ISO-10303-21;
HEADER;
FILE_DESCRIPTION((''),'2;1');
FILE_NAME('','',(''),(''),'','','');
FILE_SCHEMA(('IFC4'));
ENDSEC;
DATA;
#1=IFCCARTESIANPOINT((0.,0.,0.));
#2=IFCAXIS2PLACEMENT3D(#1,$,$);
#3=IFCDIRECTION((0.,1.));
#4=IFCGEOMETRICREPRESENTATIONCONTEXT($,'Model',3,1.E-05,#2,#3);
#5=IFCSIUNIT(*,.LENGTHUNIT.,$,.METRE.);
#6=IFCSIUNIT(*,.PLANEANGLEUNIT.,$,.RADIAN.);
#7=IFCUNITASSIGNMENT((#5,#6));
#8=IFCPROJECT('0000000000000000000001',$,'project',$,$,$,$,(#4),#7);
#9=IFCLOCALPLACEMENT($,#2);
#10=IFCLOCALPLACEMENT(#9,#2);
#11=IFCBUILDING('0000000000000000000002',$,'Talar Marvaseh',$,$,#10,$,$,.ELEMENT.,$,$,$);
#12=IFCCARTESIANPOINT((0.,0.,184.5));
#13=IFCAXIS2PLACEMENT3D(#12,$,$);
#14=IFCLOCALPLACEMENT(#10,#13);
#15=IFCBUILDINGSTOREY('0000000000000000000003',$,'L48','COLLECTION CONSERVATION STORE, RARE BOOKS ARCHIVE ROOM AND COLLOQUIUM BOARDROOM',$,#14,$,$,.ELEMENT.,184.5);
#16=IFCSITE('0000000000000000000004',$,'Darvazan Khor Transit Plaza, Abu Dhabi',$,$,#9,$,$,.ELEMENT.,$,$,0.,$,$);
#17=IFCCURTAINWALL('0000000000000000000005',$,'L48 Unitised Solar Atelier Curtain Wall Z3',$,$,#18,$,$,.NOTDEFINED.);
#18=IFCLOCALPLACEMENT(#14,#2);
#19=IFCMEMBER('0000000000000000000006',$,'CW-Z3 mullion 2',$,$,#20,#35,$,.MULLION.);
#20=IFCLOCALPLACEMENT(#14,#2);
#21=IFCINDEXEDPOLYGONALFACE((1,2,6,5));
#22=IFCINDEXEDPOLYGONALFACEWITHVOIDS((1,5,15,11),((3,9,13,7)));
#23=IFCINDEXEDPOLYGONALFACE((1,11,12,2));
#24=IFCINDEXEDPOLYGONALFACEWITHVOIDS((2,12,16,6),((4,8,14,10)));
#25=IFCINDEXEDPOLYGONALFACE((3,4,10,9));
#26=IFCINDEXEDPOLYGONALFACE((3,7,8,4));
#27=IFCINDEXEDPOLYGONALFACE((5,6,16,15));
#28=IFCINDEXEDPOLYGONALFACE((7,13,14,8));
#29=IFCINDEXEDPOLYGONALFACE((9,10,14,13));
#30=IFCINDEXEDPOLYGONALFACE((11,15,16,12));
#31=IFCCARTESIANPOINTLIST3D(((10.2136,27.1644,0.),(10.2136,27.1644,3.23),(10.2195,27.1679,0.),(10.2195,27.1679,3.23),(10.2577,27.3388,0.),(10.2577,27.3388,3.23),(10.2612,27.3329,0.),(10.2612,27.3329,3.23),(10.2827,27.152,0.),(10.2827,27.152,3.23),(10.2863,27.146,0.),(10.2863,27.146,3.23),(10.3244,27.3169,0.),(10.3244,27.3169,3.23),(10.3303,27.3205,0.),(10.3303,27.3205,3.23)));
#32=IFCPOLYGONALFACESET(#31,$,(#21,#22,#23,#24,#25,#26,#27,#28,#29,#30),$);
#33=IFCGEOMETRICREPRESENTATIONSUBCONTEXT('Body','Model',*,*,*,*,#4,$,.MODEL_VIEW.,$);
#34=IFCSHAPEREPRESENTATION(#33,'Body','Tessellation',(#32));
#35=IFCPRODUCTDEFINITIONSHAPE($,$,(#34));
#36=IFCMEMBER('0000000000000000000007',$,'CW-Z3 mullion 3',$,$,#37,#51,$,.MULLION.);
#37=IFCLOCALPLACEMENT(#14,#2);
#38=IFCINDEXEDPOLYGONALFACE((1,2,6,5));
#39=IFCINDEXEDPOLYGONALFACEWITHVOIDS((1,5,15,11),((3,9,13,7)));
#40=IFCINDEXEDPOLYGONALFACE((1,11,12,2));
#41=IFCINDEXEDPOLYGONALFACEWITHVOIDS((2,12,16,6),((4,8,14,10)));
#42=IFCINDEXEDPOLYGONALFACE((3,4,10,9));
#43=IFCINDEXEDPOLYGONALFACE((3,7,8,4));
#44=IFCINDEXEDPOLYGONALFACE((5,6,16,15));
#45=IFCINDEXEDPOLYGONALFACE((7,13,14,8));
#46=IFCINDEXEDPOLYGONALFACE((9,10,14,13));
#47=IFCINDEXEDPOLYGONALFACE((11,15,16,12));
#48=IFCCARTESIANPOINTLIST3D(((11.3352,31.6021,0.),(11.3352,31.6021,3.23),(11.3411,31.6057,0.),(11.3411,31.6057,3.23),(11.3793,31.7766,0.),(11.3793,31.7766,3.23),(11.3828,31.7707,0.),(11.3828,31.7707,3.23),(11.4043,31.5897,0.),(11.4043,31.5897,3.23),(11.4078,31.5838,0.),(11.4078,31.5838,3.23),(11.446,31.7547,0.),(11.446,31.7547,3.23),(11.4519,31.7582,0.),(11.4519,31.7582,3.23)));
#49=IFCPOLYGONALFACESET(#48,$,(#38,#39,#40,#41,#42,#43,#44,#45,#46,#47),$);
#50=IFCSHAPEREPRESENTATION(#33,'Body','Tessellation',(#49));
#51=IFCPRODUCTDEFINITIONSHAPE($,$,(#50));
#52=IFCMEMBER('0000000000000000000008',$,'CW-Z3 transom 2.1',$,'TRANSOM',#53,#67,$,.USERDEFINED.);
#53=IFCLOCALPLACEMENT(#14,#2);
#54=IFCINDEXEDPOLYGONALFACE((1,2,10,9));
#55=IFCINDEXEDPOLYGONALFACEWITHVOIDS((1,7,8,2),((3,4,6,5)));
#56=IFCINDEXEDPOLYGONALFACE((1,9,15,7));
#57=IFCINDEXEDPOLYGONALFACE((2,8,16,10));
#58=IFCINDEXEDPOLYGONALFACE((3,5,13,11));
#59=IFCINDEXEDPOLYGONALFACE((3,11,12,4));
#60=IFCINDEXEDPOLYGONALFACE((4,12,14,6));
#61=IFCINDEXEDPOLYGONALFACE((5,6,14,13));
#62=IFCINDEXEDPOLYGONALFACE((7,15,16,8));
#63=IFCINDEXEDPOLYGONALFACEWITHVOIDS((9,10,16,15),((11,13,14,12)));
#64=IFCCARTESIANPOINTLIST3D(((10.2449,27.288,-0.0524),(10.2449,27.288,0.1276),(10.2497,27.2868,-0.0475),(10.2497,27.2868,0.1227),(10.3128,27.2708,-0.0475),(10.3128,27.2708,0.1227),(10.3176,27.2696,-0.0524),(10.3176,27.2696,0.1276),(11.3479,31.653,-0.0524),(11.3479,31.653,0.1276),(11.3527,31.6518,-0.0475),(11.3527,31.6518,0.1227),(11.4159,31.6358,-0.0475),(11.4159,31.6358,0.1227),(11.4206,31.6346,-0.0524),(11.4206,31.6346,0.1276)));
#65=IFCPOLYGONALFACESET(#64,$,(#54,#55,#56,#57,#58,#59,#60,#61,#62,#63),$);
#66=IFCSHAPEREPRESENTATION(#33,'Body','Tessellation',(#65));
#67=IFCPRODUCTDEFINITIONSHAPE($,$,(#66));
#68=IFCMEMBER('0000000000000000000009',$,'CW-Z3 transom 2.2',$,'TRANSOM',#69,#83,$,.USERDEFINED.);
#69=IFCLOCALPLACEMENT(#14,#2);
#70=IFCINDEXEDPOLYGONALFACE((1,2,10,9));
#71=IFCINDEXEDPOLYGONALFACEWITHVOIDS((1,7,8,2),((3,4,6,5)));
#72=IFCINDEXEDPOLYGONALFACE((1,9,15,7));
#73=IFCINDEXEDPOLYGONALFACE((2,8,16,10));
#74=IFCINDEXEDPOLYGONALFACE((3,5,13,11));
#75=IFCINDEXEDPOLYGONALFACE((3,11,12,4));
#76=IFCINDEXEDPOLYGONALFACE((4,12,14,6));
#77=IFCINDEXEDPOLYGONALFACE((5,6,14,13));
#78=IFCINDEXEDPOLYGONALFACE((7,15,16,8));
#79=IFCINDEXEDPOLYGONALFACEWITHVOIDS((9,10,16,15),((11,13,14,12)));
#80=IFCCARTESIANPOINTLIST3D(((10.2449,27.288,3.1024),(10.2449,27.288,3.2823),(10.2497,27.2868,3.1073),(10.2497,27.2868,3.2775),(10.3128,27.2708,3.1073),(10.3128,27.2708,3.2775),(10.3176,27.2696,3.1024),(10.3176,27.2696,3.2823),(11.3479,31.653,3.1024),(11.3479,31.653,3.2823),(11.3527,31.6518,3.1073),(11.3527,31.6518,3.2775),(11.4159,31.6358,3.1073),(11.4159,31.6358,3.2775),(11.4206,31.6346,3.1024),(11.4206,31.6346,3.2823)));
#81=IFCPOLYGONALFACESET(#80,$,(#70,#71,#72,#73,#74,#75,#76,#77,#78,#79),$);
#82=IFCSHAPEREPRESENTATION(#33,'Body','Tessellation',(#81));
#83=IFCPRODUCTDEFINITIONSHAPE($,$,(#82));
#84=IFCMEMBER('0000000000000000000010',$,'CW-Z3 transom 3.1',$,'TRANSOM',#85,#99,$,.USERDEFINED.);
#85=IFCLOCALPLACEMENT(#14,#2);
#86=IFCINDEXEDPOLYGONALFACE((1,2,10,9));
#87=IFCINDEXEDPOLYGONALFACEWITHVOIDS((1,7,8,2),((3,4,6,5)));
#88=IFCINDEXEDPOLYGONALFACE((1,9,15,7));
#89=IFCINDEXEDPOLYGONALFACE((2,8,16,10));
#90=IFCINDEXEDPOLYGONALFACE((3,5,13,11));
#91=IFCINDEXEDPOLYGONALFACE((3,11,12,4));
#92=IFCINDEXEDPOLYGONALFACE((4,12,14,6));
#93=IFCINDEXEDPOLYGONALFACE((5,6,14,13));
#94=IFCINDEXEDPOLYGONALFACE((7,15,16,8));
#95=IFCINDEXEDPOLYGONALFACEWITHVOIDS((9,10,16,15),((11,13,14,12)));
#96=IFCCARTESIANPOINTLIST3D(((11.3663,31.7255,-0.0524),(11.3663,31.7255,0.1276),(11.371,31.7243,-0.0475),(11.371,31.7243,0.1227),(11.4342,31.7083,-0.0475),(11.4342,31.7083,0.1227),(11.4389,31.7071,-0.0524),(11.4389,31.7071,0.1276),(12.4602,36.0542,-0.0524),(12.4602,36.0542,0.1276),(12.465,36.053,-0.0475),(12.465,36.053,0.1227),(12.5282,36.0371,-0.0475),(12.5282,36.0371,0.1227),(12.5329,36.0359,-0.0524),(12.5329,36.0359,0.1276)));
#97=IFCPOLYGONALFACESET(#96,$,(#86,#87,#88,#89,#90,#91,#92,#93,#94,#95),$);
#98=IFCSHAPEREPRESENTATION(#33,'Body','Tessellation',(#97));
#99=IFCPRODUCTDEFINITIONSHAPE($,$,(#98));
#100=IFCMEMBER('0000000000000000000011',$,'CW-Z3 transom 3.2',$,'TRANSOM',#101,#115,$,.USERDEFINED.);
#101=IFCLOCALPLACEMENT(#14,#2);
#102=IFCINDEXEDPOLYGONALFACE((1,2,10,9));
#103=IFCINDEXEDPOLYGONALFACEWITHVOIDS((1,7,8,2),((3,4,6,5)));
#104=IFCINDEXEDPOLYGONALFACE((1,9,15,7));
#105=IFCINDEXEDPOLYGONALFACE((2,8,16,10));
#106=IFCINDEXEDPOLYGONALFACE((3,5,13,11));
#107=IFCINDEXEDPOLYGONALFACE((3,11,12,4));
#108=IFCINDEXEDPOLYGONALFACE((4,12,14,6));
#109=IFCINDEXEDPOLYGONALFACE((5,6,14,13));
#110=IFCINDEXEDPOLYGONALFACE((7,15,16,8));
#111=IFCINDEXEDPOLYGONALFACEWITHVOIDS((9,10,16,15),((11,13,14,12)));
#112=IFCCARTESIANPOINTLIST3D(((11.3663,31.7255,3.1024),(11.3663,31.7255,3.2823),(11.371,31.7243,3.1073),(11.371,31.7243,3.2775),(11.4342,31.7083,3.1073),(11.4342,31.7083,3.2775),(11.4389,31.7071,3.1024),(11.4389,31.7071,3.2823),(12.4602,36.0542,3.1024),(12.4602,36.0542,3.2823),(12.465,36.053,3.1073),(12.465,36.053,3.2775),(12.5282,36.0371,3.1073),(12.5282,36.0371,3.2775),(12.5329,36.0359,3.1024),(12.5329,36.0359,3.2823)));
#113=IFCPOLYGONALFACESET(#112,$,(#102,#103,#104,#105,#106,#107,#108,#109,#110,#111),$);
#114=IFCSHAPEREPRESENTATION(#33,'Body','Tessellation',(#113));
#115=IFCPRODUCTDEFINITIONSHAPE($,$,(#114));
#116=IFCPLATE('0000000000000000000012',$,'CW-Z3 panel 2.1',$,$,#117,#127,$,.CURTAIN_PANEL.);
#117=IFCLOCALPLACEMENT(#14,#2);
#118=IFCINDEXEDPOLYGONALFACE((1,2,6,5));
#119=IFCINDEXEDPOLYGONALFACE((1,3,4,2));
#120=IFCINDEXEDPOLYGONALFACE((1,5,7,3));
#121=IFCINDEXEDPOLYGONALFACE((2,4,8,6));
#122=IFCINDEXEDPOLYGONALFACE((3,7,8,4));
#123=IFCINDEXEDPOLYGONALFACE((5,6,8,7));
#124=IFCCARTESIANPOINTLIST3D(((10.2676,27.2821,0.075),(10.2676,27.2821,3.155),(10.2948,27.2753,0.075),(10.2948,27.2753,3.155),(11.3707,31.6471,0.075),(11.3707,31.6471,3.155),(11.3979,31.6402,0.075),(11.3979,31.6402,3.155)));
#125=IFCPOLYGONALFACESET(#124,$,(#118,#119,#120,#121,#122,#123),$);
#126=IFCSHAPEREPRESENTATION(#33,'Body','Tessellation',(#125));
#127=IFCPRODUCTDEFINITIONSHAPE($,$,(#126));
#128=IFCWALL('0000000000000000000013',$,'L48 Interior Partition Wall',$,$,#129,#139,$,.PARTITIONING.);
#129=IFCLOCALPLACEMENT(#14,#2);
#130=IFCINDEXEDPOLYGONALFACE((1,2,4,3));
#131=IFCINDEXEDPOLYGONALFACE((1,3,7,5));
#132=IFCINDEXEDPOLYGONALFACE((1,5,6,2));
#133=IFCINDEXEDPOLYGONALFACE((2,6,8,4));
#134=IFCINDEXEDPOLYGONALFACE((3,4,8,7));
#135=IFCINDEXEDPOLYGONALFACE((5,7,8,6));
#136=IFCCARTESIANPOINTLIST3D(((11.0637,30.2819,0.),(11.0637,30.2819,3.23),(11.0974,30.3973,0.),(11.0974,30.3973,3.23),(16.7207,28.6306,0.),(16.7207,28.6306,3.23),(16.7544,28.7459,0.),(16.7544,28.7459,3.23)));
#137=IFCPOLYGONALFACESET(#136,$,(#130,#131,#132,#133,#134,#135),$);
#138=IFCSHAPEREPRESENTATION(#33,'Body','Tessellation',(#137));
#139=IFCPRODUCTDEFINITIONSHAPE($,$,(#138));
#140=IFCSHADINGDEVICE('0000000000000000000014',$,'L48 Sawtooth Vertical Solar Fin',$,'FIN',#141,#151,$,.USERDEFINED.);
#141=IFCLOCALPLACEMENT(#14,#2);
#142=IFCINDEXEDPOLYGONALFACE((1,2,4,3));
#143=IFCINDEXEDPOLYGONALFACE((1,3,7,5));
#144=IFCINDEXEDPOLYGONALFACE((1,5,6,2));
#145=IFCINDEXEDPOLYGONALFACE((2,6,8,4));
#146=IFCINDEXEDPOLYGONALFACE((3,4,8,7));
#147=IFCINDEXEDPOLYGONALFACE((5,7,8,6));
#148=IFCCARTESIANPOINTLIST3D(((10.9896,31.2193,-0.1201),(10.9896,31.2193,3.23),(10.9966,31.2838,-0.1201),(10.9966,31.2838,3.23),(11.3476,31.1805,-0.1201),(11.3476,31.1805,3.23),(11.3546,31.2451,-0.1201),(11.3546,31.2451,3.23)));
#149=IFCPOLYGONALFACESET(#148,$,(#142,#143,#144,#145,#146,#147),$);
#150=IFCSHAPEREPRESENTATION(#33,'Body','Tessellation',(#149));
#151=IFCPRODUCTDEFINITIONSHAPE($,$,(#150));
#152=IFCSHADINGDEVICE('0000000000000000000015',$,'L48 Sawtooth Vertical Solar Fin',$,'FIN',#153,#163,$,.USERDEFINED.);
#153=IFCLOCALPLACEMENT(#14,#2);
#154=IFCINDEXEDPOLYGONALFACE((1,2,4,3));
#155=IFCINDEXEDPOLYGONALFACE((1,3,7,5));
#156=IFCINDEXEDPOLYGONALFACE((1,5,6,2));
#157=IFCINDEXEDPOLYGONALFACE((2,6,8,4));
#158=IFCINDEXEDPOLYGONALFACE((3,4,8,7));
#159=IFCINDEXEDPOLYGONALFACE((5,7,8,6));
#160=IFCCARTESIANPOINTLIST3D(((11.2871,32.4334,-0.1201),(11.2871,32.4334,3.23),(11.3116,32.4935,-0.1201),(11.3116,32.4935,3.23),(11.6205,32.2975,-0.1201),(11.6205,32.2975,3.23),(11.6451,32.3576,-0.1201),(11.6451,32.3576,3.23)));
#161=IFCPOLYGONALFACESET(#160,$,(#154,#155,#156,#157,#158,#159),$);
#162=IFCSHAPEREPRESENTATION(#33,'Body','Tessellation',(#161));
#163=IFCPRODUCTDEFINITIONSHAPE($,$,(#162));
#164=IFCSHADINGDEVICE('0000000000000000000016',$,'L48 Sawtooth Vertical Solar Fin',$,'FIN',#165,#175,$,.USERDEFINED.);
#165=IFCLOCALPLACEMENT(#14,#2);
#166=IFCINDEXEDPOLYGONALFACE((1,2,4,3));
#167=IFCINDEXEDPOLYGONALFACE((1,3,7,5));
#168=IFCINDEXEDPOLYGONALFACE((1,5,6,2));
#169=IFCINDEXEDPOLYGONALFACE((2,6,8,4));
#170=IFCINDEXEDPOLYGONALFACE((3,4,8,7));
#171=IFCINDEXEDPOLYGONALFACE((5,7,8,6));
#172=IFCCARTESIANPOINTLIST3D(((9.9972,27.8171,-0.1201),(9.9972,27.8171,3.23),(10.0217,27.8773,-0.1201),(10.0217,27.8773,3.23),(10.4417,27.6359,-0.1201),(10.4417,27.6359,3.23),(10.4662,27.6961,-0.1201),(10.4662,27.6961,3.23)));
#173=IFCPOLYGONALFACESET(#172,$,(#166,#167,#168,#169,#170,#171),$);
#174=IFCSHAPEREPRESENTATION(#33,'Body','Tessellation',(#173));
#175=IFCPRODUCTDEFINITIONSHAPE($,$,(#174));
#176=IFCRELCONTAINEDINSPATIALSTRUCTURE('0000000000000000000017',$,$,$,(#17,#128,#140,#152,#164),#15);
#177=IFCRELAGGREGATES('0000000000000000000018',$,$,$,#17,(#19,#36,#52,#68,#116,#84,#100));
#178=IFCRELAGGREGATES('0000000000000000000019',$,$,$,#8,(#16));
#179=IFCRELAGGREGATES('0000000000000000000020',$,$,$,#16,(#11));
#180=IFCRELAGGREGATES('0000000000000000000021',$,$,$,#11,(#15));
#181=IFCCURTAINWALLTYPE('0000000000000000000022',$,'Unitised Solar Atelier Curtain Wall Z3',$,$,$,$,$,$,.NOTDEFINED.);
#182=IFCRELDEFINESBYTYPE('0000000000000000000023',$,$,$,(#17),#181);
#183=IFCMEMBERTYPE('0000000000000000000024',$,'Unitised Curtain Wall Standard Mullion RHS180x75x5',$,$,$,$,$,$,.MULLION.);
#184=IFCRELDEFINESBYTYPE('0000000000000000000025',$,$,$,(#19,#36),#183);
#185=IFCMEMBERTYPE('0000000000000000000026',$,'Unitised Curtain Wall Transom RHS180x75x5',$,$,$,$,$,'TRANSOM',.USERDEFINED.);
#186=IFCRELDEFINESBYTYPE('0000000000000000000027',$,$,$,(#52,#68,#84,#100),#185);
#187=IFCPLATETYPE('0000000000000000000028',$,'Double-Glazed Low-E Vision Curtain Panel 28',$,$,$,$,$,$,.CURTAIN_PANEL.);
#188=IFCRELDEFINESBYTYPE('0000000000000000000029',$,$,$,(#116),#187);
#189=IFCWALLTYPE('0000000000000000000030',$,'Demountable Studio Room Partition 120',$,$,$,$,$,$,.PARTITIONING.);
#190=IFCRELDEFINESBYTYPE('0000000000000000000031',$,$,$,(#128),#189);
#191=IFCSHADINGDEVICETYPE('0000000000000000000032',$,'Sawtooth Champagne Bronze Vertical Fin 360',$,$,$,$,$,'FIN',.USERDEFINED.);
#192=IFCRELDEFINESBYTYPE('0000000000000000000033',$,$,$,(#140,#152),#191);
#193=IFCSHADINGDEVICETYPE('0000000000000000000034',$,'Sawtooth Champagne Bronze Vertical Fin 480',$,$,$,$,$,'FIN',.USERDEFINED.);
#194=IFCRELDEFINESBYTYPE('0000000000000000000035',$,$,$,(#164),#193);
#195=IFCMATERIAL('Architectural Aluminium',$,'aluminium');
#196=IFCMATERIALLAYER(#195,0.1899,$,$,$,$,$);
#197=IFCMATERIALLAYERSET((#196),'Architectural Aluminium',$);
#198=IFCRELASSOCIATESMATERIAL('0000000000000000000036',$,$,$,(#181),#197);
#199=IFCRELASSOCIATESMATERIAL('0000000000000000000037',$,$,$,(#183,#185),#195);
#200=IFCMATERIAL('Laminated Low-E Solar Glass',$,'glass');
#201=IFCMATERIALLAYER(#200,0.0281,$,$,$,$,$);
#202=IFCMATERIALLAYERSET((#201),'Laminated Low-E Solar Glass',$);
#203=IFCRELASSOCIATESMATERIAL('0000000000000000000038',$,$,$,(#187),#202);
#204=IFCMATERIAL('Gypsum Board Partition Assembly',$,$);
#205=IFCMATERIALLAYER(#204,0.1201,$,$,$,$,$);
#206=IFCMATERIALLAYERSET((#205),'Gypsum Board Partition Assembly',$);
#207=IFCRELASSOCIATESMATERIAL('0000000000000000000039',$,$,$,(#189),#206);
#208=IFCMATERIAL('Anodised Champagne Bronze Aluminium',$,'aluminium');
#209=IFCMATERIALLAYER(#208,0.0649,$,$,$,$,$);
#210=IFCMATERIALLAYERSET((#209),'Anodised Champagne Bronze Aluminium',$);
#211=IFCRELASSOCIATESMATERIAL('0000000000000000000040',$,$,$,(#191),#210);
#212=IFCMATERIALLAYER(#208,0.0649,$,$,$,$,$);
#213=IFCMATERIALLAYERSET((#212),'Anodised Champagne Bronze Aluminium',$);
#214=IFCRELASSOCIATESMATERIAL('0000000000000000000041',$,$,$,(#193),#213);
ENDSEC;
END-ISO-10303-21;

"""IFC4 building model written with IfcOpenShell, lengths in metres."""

from ifc_helpers import new_model, si_unit, direction, frame, frame_2d, origin, origin_2d, place, context, subcontext, project, spatial, rectangle, hollow_rectangle, extrude, source, transform, mapped, material, layer, layer_set, material_profile, profile_set, type_object, type_shapes, element, aggregate, save


model = new_model("IFC4")

# Units and contexts
model_context = context("Model", 3, precision=1e-05, world=origin(), true_north=direction((0.0, 1.0)))
body_context = subcontext(model_context, "Body", "Model", "MODEL_VIEW")
ifc_project = project(units=[si_unit("LENGTHUNIT", "METRE"), si_unit("PLANEANGLEUNIT", "RADIAN")], contexts=[model_context])

# Site, building, storey
site_placement = place(None, origin())
site = spatial("IfcSite", under=ifc_project, at=site_placement, Name="Darvazan Khor Transit Plaza, Abu Dhabi", CompositionType="ELEMENT", RefElevation=0.0)
building_placement = place(site_placement, origin())
building = spatial("IfcBuilding", under=site, at=building_placement, Name="Talar Marvaseh", CompositionType="ELEMENT")
storey_placement = place(building_placement, frame((0.0, 0.0, 184.5)))
storey = spatial("IfcBuildingStorey", under=building, at=storey_placement, Name="L48", Description="COLLECTION CONSERVATION STORE, RARE BOOKS ARCHIVE ROOM AND COLLOQUIUM BOARDROOM", CompositionType="ELEMENT", Elevation=184.5)

# Curtain wall, members, plate
ifc_material_1 = material(Name="Architectural Aluminium", Category="aluminium")
ifc_layer_1 = layer(ifc_material_1, 0.1899)
ifc_layer_set_1 = layer_set([ifc_layer_1], Name="Architectural Aluminium")
curtain_wall_type = type_object("IfcCurtainWallType", Name="Unitised Solar Atelier Curtain Wall Z3", PredefinedType="NOTDEFINED", material=ifc_layer_set_1)
curtain_wall_placement = place(storey_placement, origin())
curtain_wall = element("IfcCurtainWall", 1, at=curtain_wall_placement, inside=storey, type_object=curtain_wall_type, Name="L48 Unitised Solar Atelier Curtain Wall Z3", PredefinedType="NOTDEFINED")
ifc_material_profile_1 = material_profile(ifc_material_1, hollow_rectangle(XDim=0.075, YDim=0.1799, WallThickness=0.0049, at=origin_2d()), Name="RHS180x75x5")
ifc_profile_set_1 = profile_set([ifc_material_profile_1], Name="Architectural Aluminium")
member_type_1 = type_object("IfcMemberType", Name="Unitised Curtain Wall Standard Mullion RHS180x75x5", PredefinedType="MULLION", material=ifc_profile_set_1)
shared_shape_1 = source(origin(), body_context, "Body", "SweptSolid", [
    extrude(hollow_rectangle(XDim=0.075, YDim=0.1799, WallThickness=0.0049, at=origin_2d()), origin(), (0.0, 0.0, 1.0), 3.23),
])
type_shapes(member_type_1, [shared_shape_1])
member_1_placement = place(storey_placement, frame((10.272, 27.2424, 0.0), z_axis=(0.0, 0.0, 1.0), x_axis=(-0.969522, 0.245002, 0.0)))
member_1 = element("IfcMember", 2, at=member_1_placement, type_object=member_type_1, Name="CW-Z3 mullion 2", PredefinedType="MULLION", context=body_context, shape_type="MappedRepresentation", body=[
    mapped(shared_shape_1, transform((0.0, 0.0, 0.0), x_axis=(1.0, 0.0, 0.0), y_axis=(0.0, 1.0, 0.0), z_axis=(0.0, 0.0, 1.0), scale=1.0)),
])
member_2_placement = place(storey_placement, frame((11.3936, 31.6802, 0.0), z_axis=(0.0, 0.0, 1.0), x_axis=(-0.969522, 0.245002, 0.0)))
member_2 = element("IfcMember", 3, at=member_2_placement, type_object=member_type_1, Name="CW-Z3 mullion 3", PredefinedType="MULLION", context=body_context, shape_type="MappedRepresentation", body=[
    mapped(shared_shape_1, transform((0.0, 0.0, 0.0), x_axis=(1.0, 0.0, 0.0), y_axis=(0.0, 1.0, 0.0), z_axis=(0.0, 0.0, 1.0), scale=1.0)),
])
ifc_material_profile_2 = material_profile(ifc_material_1, hollow_rectangle(XDim=0.075, YDim=0.1799, WallThickness=0.0049, at=origin_2d()), Name="RHS180x75x5")
ifc_profile_set_2 = profile_set([ifc_material_profile_2], Name="Architectural Aluminium")
member_type_2 = type_object("IfcMemberType", Name="Unitised Curtain Wall Transom RHS180x75x5", ElementType="TRANSOM", PredefinedType="USERDEFINED", material=ifc_profile_set_2)
shared_shape_2 = source(origin(), body_context, "Body", "SweptSolid", [
    extrude(hollow_rectangle(XDim=0.075, YDim=0.1799, WallThickness=0.0049, at=origin_2d()), origin(), (0.0, 0.0, 1.0), 4.5022),
])
member_3_placement = place(storey_placement, frame((10.2812, 27.2788, 0.0376), z_axis=(0.244997, 0.969524, 0.0), x_axis=(-0.969524, 0.244997, 0.0)))
member_3 = element("IfcMember", 4, at=member_3_placement, type_object=member_type_2, Name="CW-Z3 transom 2.1", ObjectType="TRANSOM", PredefinedType="USERDEFINED", context=body_context, shape_type="MappedRepresentation", body=[
    mapped(shared_shape_2, transform((0.0, 0.0, 0.0), x_axis=(1.0, 0.0, 0.0), y_axis=(0.0, 1.0, 0.0), z_axis=(0.0, 0.0, 1.0), scale=1.0)),
])
member_4_placement = place(storey_placement, frame((10.2812, 27.2788, 3.1924), z_axis=(0.244997, 0.969524, 0.0), x_axis=(-0.969524, 0.244997, 0.0)))
member_4 = element("IfcMember", 5, at=member_4_placement, type_object=member_type_2, Name="CW-Z3 transom 2.2", ObjectType="TRANSOM", PredefinedType="USERDEFINED", context=body_context, shape_type="MappedRepresentation", body=[
    mapped(shared_shape_2, transform((0.0, 0.0, 0.0), x_axis=(1.0, 0.0, 0.0), y_axis=(0.0, 1.0, 0.0), z_axis=(0.0, 0.0, 1.0), scale=1.0)),
])
shared_shape_3 = source(origin(), body_context, "Body", "SweptSolid", [
    extrude(hollow_rectangle(XDim=0.075, YDim=0.1799, WallThickness=0.0049, at=origin_2d()), origin(), (0.0, 0.0, 1.0), 4.4648),
])
type_shapes(member_type_2, [shared_shape_2, shared_shape_3])
member_5_placement = place(storey_placement, frame((11.4026, 31.7163, 0.0376), z_axis=(0.245018, 0.969519, 0.0), x_axis=(-0.969519, 0.245018, 0.0)))
member_5 = element("IfcMember", 6, at=member_5_placement, type_object=member_type_2, Name="CW-Z3 transom 3.1", ObjectType="TRANSOM", PredefinedType="USERDEFINED", context=body_context, shape_type="MappedRepresentation", body=[
    mapped(shared_shape_3, transform((0.0, 0.0, 0.0), x_axis=(1.0, 0.0, 0.0), y_axis=(0.0, 1.0, 0.0), z_axis=(0.0, 0.0, 1.0), scale=1.0)),
])
member_6_placement = place(storey_placement, frame((11.4026, 31.7163, 3.1924), z_axis=(0.245018, 0.969519, 0.0), x_axis=(-0.969519, 0.245018, 0.0)))
member_6 = element("IfcMember", 7, at=member_6_placement, type_object=member_type_2, Name="CW-Z3 transom 3.2", ObjectType="TRANSOM", PredefinedType="USERDEFINED", context=body_context, shape_type="MappedRepresentation", body=[
    mapped(shared_shape_3, transform((0.0, 0.0, 0.0), x_axis=(1.0, 0.0, 0.0), y_axis=(0.0, 1.0, 0.0), z_axis=(0.0, 0.0, 1.0), scale=1.0)),
])
ifc_material_2 = material(Name="Laminated Low-E Solar Glass", Category="glass")
ifc_layer_2 = layer(ifc_material_2, 0.0281)
ifc_layer_set_2 = layer_set([ifc_layer_2], Name="Laminated Low-E Solar Glass")
plate_type = type_object("IfcPlateType", Name="Double-Glazed Low-E Vision Curtain Panel 28", PredefinedType="CURTAIN_PANEL", material=ifc_layer_set_2)
shared_shape_4 = source(origin(), body_context, "Body", "SweptSolid", [
    extrude(rectangle(XDim=4.5022, YDim=0.0281, at=origin_2d()), origin(), (0.0, 0.0, 1.0), 3.0801),
])
type_shapes(plate_type, [shared_shape_4])
plate_placement = place(storey_placement, frame((10.8328, 29.4612, 0.075), z_axis=(0.0, 0.0, 1.0), x_axis=(0.245002, 0.969522, 0.0)))
plate = element("IfcPlate", 8, at=plate_placement, type_object=plate_type, Name="CW-Z3 panel 2.1", PredefinedType="CURTAIN_PANEL", context=body_context, shape_type="MappedRepresentation", body=[
    mapped(shared_shape_4, transform((0.0, 0.0, 0.0), x_axis=(1.0, 0.0, 0.0), y_axis=(0.0, 1.0, 0.0), z_axis=(0.0, 0.0, 1.0), scale=1.0)),
])
aggregate(curtain_wall, [member_1, member_2, member_3, member_4, plate, member_5, member_6])

# Wall
ifc_material_3 = material(Name="Gypsum Board Partition Assembly")
ifc_layer_3 = layer(ifc_material_3, 0.1201)
ifc_layer_set_3 = layer_set([ifc_layer_3], Name="Gypsum Board Partition Assembly")
wall_type = type_object("IfcWallType", Name="Demountable Studio Room Partition 120", PredefinedType="PARTITIONING", material=ifc_layer_set_3)
wall_placement = place(storey_placement, frame((11.0806, 30.3396, 0.0), z_axis=(0.0, 0.0, 1.0), x_axis=(0.959935, -0.280221, 0.0)))
element("IfcWall", 9, at=wall_placement, inside=storey, type_object=wall_type, Name="L48 Interior Partition Wall", PredefinedType="PARTITIONING", context=body_context, shape_type="SweptSolid", body=[
    extrude(rectangle(XDim=5.8931, YDim=0.1201, at=frame_2d((2.9465, 0.0))), origin(), (0.0, 0.0, 1.0), 3.23),
])

# Shading devices
ifc_material_4 = material(Name="Anodised Champagne Bronze Aluminium", Category="aluminium")
ifc_layer_4 = layer(ifc_material_4, 0.0649)
ifc_layer_set_4 = layer_set([ifc_layer_4], Name="Anodised Champagne Bronze Aluminium")
shading_device_type_1 = type_object("IfcShadingDeviceType", Name="Sawtooth Champagne Bronze Vertical Fin 360", ElementType="FIN", PredefinedType="USERDEFINED", material=ifc_layer_set_4)
shared_shape_5 = source(origin(), body_context, "Body", "SweptSolid", [
    extrude(rectangle(XDim=0.3601, YDim=0.0649, at=origin_2d()), origin(), (0.0, 0.0, 1.0), 3.3501),
])
type_shapes(shading_device_type_1, [shared_shape_5])
for number, where, z_axis, x_axis, name in (
    (10, (11.1721, 31.2322, -0.1201), (0.0, 0.0, 1.0), (-0.994189, 0.107652, 0.0), "L48 Sawtooth Vertical Solar Fin"),
    (11, (11.4661, 32.3955, -0.1201), (0.0, 0.0, 1.0), (-0.926002, 0.377518, 0.0), "L48 Sawtooth Vertical Solar Fin"),
):
    element("IfcShadingDevice", number, at=place(storey_placement, frame(where, z_axis=z_axis, x_axis=x_axis)), inside=storey, type_object=shading_device_type_1, Name=name, ObjectType="FIN", PredefinedType="USERDEFINED", context=body_context, shape_type="MappedRepresentation", body=[
        mapped(shared_shape_5, transform((0.0, 0.0, 0.0), x_axis=(1.0, 0.0, 0.0), y_axis=(0.0, 1.0, 0.0), z_axis=(0.0, 0.0, 1.0), scale=1.0)),
    ])
ifc_layer_5 = layer(ifc_material_4, 0.0649)
ifc_layer_set_5 = layer_set([ifc_layer_5], Name="Anodised Champagne Bronze Aluminium")
shading_device_type_2 = type_object("IfcShadingDeviceType", Name="Sawtooth Champagne Bronze Vertical Fin 480", ElementType="FIN", PredefinedType="USERDEFINED", material=ifc_layer_set_5)
shared_shape_6 = source(origin(), body_context, "Body", "SweptSolid", [
    extrude(rectangle(XDim=0.48, YDim=0.0649, at=origin_2d()), origin(), (0.0, 0.0, 1.0), 3.3501),
])
type_shapes(shading_device_type_2, [shared_shape_6])
for number, where, z_axis, x_axis, name in (
    (12, (10.2317, 27.7566, -0.1201), (0.0, 0.0, 1.0), (-0.926002, 0.377518, 0.0), "L48 Sawtooth Vertical Solar Fin"),
):
    element("IfcShadingDevice", number, at=place(storey_placement, frame(where, z_axis=z_axis, x_axis=x_axis)), inside=storey, type_object=shading_device_type_2, Name=name, ObjectType="FIN", PredefinedType="USERDEFINED", context=body_context, shape_type="MappedRepresentation", body=[
        mapped(shared_shape_6, transform((0.0, 0.0, 0.0), x_axis=(1.0, 0.0, 0.0), y_axis=(0.0, 1.0, 0.0), z_axis=(0.0, 0.0, 1.0), scale=1.0)),
    ])

save(model, "model.ifc")
